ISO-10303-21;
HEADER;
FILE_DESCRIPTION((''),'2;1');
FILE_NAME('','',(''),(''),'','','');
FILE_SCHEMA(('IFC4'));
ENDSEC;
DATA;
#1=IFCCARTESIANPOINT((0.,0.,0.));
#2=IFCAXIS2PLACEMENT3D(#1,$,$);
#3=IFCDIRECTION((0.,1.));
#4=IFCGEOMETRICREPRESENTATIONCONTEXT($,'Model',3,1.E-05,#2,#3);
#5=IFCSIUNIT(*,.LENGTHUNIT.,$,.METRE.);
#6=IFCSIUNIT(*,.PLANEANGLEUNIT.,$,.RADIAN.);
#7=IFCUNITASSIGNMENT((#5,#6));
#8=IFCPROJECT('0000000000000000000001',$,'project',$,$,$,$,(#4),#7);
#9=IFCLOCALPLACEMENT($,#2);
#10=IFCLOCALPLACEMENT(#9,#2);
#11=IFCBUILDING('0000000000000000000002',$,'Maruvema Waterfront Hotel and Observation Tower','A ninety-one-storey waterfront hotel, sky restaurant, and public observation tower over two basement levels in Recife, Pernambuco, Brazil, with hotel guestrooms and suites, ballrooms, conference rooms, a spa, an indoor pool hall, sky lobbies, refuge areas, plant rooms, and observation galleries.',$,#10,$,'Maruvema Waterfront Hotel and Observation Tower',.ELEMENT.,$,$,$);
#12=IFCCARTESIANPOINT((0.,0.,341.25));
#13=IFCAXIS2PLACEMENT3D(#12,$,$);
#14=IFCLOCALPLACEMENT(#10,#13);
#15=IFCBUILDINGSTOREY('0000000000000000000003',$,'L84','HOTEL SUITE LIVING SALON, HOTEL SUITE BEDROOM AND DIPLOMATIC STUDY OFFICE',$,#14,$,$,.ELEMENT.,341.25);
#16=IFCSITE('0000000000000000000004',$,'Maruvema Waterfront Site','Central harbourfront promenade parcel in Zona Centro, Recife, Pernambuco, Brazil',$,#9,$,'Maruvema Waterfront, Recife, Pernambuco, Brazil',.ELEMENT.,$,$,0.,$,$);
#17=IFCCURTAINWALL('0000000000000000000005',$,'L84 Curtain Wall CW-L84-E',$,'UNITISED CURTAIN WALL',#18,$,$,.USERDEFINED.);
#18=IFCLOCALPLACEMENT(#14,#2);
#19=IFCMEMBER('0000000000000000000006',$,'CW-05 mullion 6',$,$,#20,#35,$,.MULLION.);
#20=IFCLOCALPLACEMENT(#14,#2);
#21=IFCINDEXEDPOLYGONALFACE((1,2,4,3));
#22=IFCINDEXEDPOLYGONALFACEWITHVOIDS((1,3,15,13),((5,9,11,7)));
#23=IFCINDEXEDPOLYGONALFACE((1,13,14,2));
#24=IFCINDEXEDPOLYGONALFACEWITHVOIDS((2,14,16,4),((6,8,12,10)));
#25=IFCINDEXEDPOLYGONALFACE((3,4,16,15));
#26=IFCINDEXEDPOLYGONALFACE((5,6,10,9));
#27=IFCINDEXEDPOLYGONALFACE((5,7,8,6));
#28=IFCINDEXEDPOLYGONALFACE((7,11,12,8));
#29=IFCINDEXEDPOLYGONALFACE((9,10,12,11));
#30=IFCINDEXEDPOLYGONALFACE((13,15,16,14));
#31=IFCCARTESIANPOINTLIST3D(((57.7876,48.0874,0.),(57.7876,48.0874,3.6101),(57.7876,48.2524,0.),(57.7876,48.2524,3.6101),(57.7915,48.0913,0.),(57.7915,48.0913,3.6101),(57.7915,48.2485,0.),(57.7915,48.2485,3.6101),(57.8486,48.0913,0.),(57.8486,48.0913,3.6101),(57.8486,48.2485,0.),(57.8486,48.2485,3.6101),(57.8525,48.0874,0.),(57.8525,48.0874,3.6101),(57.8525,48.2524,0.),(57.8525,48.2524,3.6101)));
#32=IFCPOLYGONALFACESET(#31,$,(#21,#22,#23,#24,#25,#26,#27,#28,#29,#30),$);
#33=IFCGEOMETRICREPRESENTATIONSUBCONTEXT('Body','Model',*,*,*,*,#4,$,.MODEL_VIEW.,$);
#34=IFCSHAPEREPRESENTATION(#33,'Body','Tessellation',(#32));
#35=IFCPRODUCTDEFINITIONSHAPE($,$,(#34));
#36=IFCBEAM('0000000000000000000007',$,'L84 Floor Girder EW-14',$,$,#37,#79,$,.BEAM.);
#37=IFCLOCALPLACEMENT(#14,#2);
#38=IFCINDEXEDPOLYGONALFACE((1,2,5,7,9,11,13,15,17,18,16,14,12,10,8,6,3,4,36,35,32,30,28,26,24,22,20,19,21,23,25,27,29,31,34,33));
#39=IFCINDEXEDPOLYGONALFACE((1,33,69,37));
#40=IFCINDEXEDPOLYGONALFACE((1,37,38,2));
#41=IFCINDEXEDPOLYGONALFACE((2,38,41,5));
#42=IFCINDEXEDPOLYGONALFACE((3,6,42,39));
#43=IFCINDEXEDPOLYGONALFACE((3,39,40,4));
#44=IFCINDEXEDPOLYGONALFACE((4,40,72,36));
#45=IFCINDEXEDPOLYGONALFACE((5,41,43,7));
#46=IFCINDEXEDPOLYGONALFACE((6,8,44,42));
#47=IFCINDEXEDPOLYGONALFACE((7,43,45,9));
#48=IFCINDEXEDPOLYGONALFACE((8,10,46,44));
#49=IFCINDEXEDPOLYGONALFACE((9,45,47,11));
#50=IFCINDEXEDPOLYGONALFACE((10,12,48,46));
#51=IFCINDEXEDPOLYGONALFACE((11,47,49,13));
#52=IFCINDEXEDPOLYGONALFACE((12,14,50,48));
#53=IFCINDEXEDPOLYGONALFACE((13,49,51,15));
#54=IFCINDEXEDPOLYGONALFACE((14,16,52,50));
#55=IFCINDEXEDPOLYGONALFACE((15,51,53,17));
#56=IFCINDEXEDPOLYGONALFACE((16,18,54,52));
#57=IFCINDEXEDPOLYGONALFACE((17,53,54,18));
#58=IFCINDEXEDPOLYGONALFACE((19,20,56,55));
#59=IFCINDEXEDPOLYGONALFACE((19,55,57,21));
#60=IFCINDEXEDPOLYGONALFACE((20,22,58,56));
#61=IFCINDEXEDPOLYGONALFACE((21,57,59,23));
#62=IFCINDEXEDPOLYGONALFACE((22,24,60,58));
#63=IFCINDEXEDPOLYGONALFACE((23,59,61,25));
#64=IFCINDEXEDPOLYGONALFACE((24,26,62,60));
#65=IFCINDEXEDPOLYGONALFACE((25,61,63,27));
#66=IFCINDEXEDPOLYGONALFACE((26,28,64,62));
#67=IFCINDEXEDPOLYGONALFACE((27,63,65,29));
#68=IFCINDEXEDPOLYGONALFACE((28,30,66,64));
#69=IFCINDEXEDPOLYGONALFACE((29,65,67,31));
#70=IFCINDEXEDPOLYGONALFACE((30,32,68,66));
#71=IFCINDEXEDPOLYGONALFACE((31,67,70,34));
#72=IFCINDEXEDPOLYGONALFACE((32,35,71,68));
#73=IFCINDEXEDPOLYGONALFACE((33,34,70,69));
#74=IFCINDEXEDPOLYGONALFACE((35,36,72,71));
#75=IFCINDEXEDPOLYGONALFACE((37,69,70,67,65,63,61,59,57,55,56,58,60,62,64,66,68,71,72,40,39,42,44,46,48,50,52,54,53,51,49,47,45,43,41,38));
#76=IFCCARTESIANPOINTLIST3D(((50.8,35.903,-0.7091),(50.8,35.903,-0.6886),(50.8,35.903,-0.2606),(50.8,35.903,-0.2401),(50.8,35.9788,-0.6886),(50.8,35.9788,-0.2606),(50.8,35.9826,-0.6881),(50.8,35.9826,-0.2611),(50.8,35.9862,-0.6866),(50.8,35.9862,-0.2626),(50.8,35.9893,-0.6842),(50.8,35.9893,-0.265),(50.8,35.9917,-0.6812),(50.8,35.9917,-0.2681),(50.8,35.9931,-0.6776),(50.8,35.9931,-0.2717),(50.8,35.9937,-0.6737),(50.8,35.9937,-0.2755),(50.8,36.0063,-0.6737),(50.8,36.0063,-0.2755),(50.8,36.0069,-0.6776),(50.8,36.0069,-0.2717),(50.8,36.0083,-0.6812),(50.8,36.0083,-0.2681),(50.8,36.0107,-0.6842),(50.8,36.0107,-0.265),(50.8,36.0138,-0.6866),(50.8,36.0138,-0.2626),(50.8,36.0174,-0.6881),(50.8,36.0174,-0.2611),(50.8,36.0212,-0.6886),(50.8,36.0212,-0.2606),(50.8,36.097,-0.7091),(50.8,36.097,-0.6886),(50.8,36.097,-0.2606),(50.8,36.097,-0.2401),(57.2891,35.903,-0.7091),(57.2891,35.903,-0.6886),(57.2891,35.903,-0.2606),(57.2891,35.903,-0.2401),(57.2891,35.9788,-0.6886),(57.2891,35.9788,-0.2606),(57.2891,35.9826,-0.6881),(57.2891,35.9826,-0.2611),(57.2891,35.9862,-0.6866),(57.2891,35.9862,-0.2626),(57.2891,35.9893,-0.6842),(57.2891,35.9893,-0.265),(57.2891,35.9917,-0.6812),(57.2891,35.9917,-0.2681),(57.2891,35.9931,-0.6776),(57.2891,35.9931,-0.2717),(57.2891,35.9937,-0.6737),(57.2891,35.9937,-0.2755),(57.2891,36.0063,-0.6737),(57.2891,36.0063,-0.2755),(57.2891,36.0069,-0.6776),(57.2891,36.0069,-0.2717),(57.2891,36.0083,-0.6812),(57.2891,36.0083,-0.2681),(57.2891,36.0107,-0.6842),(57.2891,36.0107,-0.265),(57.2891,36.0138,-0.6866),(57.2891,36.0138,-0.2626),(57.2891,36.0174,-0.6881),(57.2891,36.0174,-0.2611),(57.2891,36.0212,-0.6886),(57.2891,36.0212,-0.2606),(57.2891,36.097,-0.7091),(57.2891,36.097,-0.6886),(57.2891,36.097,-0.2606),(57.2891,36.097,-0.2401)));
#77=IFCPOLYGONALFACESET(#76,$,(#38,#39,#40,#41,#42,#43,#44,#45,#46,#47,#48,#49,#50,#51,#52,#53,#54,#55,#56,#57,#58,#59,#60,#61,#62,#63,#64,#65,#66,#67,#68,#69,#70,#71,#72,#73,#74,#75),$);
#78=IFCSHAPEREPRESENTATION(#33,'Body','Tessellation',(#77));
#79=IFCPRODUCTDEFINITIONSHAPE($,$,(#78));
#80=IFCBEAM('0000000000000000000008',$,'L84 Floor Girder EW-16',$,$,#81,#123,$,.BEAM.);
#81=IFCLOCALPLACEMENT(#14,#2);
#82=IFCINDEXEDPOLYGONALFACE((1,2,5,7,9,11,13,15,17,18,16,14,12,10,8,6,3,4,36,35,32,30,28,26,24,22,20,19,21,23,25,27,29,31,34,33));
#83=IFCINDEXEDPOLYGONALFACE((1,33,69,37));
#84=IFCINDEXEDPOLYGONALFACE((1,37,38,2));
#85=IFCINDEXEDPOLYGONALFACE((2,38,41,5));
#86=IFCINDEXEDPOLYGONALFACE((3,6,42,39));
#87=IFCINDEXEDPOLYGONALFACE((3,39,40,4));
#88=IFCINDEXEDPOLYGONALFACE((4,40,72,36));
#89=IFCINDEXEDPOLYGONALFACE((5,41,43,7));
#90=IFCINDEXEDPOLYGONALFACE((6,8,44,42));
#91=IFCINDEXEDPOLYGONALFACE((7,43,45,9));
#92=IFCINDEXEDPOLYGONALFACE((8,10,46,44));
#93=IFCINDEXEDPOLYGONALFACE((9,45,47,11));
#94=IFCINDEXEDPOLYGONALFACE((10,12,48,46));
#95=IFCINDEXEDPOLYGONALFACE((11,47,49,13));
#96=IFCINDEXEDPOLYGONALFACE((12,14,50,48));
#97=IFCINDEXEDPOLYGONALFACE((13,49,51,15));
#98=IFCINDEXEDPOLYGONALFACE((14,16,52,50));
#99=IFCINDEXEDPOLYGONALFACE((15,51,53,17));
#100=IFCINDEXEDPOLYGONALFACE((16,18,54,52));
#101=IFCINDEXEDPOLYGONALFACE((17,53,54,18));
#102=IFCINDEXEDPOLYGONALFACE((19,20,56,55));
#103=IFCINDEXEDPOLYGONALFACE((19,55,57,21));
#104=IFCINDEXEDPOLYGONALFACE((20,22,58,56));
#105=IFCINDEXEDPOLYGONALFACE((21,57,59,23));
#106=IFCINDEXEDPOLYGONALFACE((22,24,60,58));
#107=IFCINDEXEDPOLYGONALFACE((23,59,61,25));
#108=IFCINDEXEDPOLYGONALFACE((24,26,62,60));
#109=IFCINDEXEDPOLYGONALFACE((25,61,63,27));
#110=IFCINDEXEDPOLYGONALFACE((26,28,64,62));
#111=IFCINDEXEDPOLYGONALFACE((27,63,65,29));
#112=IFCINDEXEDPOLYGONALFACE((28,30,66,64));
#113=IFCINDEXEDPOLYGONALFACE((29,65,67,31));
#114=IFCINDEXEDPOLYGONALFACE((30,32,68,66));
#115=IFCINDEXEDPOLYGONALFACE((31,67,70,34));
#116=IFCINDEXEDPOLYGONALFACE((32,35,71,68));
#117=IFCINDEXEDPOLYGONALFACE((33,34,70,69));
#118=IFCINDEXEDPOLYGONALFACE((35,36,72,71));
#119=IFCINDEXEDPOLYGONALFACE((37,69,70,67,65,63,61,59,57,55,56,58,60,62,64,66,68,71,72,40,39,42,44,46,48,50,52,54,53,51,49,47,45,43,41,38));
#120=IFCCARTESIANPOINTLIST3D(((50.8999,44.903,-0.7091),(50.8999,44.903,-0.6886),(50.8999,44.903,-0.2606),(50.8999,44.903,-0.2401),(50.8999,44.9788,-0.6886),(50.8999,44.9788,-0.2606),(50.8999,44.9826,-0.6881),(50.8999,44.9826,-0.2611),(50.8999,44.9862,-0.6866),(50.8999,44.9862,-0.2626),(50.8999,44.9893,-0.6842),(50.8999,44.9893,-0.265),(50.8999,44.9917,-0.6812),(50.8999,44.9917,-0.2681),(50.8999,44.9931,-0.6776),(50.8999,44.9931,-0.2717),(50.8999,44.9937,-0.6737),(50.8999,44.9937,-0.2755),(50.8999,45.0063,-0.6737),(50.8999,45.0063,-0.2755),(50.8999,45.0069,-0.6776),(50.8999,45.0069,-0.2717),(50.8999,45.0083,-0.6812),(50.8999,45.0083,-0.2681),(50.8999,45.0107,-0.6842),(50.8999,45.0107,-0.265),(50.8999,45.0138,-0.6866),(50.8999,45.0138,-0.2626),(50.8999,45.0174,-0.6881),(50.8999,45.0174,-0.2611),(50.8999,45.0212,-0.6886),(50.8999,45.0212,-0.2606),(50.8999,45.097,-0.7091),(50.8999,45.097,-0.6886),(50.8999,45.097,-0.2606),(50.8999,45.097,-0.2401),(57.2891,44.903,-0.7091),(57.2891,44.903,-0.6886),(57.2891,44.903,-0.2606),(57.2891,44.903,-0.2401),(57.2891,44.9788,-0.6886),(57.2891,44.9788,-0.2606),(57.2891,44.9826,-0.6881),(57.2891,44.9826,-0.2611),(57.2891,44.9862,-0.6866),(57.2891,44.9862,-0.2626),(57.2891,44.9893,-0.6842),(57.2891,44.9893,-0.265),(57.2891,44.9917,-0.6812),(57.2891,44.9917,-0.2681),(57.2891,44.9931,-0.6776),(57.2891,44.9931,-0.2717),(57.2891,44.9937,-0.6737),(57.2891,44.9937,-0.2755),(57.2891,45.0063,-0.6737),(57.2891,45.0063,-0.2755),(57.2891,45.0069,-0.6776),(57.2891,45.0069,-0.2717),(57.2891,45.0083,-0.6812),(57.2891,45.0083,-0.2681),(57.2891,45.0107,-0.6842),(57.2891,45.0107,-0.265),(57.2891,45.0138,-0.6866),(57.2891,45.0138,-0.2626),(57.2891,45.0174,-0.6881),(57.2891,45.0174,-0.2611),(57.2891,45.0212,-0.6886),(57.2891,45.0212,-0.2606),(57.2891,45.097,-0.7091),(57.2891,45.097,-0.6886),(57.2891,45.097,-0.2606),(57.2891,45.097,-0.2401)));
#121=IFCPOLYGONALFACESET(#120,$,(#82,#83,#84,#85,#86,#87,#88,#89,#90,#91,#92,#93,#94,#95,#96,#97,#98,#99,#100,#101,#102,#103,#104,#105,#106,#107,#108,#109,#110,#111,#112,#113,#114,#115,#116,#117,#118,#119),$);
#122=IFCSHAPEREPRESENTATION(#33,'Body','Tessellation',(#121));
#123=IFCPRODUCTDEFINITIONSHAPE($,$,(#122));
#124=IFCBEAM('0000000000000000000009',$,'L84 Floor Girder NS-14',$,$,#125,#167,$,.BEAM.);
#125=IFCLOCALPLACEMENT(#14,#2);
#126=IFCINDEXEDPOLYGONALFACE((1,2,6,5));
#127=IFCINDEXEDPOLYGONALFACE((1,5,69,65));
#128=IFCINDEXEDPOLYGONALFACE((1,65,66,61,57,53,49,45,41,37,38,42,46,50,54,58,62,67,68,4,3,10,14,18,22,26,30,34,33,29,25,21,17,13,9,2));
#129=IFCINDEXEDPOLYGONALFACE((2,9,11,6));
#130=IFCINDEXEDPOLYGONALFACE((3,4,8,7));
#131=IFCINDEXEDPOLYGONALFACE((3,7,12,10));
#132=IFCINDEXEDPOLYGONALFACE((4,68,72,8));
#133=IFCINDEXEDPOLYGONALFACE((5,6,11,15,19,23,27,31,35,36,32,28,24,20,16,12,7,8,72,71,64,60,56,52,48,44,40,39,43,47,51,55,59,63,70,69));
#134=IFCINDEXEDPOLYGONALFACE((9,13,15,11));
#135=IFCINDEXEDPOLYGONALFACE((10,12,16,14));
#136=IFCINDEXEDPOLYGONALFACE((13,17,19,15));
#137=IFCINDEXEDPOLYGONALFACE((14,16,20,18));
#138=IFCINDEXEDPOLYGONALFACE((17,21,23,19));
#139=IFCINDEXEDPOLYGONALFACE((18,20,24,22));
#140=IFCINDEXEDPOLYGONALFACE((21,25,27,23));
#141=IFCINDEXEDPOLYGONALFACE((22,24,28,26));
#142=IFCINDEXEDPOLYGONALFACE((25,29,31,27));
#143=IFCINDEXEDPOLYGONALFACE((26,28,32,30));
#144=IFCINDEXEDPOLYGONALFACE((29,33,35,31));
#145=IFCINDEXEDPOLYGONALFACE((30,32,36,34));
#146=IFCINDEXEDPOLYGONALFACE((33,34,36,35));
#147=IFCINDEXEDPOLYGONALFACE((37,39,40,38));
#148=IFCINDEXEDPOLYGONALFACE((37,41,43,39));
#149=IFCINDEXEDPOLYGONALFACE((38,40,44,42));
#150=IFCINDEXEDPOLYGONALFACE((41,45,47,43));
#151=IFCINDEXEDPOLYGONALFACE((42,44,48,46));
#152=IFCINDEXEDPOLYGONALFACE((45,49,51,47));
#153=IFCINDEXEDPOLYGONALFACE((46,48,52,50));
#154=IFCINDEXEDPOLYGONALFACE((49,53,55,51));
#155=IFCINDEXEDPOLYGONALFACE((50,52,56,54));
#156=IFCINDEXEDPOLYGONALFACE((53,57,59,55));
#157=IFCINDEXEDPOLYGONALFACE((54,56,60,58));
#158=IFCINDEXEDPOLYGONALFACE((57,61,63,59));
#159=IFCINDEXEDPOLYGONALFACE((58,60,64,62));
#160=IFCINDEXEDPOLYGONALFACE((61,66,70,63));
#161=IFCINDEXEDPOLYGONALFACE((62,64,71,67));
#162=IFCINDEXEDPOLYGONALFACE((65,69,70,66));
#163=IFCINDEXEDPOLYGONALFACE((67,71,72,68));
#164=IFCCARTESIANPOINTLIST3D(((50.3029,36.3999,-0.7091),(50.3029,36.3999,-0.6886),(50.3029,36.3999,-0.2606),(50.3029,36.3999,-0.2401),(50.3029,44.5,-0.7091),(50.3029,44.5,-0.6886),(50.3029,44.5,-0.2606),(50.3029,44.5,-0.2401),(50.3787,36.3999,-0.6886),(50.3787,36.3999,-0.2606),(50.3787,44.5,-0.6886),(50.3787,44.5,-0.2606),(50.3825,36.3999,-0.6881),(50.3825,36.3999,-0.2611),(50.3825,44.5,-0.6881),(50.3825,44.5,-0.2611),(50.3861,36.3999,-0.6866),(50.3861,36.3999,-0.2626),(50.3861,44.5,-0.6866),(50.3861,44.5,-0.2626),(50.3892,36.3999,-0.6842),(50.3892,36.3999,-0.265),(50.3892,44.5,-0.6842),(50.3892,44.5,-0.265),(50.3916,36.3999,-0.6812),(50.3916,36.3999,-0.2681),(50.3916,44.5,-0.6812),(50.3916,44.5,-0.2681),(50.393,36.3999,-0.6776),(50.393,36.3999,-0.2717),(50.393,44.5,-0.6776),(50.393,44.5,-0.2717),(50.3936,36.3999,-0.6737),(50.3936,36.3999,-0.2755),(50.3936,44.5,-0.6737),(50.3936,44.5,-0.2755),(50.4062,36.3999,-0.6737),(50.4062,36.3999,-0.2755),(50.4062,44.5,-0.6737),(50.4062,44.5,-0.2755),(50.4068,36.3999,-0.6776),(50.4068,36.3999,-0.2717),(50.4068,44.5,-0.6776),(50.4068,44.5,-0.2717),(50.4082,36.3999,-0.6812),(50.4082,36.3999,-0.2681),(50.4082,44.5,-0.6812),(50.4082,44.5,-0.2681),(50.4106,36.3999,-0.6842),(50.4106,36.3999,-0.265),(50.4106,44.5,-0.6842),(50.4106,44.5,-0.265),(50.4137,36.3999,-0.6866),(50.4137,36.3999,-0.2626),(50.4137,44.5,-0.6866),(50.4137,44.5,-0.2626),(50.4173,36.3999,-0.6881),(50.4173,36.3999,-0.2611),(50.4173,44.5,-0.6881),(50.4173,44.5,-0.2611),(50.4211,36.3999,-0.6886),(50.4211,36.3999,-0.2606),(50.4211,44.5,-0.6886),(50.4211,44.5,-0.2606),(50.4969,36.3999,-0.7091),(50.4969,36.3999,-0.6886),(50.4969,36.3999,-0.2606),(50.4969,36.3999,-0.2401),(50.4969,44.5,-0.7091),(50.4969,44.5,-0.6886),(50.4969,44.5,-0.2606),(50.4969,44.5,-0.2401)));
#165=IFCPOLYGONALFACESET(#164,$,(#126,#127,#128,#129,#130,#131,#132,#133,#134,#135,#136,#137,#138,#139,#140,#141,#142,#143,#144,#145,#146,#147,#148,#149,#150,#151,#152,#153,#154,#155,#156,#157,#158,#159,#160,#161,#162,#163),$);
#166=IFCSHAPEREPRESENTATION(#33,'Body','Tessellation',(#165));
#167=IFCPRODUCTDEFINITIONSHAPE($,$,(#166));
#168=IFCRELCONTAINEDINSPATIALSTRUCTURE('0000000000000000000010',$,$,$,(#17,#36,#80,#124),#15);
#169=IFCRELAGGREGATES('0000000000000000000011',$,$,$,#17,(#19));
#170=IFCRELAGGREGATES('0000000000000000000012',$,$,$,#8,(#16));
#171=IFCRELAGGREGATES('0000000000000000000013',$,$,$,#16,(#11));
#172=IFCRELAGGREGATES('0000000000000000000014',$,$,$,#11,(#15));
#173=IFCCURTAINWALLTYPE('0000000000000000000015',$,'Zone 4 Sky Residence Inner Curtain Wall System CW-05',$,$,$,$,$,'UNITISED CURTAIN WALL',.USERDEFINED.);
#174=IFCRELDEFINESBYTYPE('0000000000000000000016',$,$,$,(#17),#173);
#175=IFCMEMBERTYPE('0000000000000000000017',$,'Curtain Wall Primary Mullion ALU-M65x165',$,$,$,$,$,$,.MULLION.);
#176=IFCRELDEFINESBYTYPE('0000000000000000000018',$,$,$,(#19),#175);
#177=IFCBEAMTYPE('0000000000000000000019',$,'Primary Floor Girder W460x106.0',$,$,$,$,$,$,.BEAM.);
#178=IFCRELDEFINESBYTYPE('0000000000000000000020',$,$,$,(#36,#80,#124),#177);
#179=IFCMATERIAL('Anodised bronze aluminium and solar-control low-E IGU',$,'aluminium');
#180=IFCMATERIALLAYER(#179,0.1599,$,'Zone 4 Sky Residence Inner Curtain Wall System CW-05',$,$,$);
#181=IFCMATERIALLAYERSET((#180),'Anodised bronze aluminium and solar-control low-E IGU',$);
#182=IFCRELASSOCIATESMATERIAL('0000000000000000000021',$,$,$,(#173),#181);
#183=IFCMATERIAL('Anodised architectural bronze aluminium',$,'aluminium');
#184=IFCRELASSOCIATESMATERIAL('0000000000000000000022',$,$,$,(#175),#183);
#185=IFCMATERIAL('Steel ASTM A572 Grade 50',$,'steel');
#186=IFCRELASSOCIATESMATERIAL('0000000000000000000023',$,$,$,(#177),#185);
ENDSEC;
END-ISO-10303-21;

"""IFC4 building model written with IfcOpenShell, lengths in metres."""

from ifc_helpers import new_model, si_unit, direction, frame, origin, origin_2d, place, context, subcontext, project, spatial, hollow_rectangle, i_section, extrude, material, layer, layer_set, material_profile, profile_set, type_object, element, aggregate, save


model = new_model("IFC4")

# Units and contexts
model_context = context("Model", 3, precision=1e-05, world=origin(), true_north=direction((0.0, 1.0)))
body_context = subcontext(model_context, "Body", "Model", "MODEL_VIEW")
ifc_project = project(units=[si_unit("LENGTHUNIT", "METRE"), si_unit("PLANEANGLEUNIT", "RADIAN")], contexts=[model_context])

# Site, building, storey
site_placement = place(None, origin())
site = spatial("IfcSite", under=ifc_project, at=site_placement, Name="Maruvema Waterfront Site", Description="Central harbourfront promenade parcel in Zona Centro, Recife, Pernambuco, Brazil", LongName="Maruvema Waterfront, Recife, Pernambuco, Brazil", CompositionType="ELEMENT", RefElevation=0.0)
building_placement = place(site_placement, origin())
building = spatial("IfcBuilding", under=site, at=building_placement, Name="Maruvema Waterfront Hotel and Observation Tower", Description="A ninety-one-storey waterfront hotel, sky restaurant, and public observation tower over two basement levels in Recife, Pernambuco, Brazil, with hotel guestrooms and suites, ballrooms, conference rooms, a spa, an indoor pool hall, sky lobbies, refuge areas, plant rooms, and observation galleries.", LongName="Maruvema Waterfront Hotel and Observation Tower", CompositionType="ELEMENT")
storey_placement = place(building_placement, frame((0.0, 0.0, 341.25)))
storey = spatial("IfcBuildingStorey", under=building, at=storey_placement, Name="L84", Description="HOTEL SUITE LIVING SALON, HOTEL SUITE BEDROOM AND DIPLOMATIC STUDY OFFICE", CompositionType="ELEMENT", Elevation=341.25)

# Curtain wall, member
ifc_material_1 = material(Name="Anodised bronze aluminium and solar-control low-E IGU", Category="aluminium")
ifc_layer_1 = layer(ifc_material_1, 0.1599, Name="Zone 4 Sky Residence Inner Curtain Wall System CW-05")
ifc_layer_set_1 = layer_set([ifc_layer_1], Name="Anodised bronze aluminium and solar-control low-E IGU")
curtain_wall_type = type_object("IfcCurtainWallType", Name="Zone 4 Sky Residence Inner Curtain Wall System CW-05", ElementType="UNITISED CURTAIN WALL", PredefinedType="USERDEFINED", material=ifc_layer_set_1)
curtain_wall_placement = place(storey_placement, origin())
curtain_wall = element("IfcCurtainWall", 1, at=curtain_wall_placement, inside=storey, type_object=curtain_wall_type, Name="L84 Curtain Wall CW-L84-E", ObjectType="UNITISED CURTAIN WALL", PredefinedType="USERDEFINED")
ifc_material_2 = material(Name="Anodised architectural bronze aluminium", Category="aluminium")
ifc_material_profile_1 = material_profile(ifc_material_2, hollow_rectangle(XDim=0.0649, YDim=0.165, WallThickness=0.0039, at=origin_2d()), Name="ALU-M65x165")
ifc_profile_set_1 = profile_set([ifc_material_profile_1], Name="Anodised architectural bronze aluminium")
member_type_1 = type_object("IfcMemberType", Name="Curtain Wall Primary Mullion ALU-M65x165", PredefinedType="MULLION", material=ifc_profile_set_1)
member_1_placement = place(storey_placement, frame((57.8201, 48.1699, 0.0), z_axis=(0.0, 0.0, 1.0), x_axis=(-1.0, 0.0, 0.0)))
member_1 = element("IfcMember", 2, at=member_1_placement, type_object=member_type_1, Name="CW-05 mullion 6", PredefinedType="MULLION", context=body_context, shape_type="SweptSolid", body=[
    extrude(hollow_rectangle(XDim=0.0649, YDim=0.165, WallThickness=0.0039, at=origin_2d()), origin(), (0.0, 0.0, 1.0), 3.6101),
])

# Beams
ifc_material_3 = material(Name="Steel ASTM A572 Grade 50", Category="steel")
ifc_material_profile_2 = material_profile(ifc_material_3, i_section(OverallWidth=0.1941, OverallDepth=0.469, WebThickness=0.0127, FlangeThickness=0.0205, FilletRadius=0.0149, at=origin_2d()), Name="W460x106.0")
ifc_profile_set_2 = profile_set([ifc_material_profile_2], Name="Steel ASTM A572 Grade 50")
beam_type_1 = type_object("IfcBeamType", Name="Primary Floor Girder W460x106.0", PredefinedType="BEAM", material=ifc_profile_set_2)
beam_1_placement = place(storey_placement, frame((50.8, 36.0, -0.4746), z_axis=(1.0, 0.0, 0.0), x_axis=(0.0, 1.0, 0.0)))
element("IfcBeam", 3, at=beam_1_placement, inside=storey, type_object=beam_type_1, Name="L84 Floor Girder EW-14", PredefinedType="BEAM", context=body_context, shape_type="SweptSolid", body=[
    extrude(i_section(OverallWidth=0.1941, OverallDepth=0.469, WebThickness=0.0127, FlangeThickness=0.0205, FilletRadius=0.0149, at=origin_2d()), origin(), (0.0, 0.0, 1.0), 6.489),
])
beam_2_placement = place(storey_placement, frame((50.8999, 45.0, -0.4746), z_axis=(1.0, 0.0, 0.0), x_axis=(0.0, 1.0, 0.0)))
element("IfcBeam", 4, at=beam_2_placement, inside=storey, type_object=beam_type_1, Name="L84 Floor Girder EW-16", PredefinedType="BEAM", context=body_context, shape_type="SweptSolid", body=[
    extrude(i_section(OverallWidth=0.1941, OverallDepth=0.469, WebThickness=0.0127, FlangeThickness=0.0205, FilletRadius=0.0149, at=origin_2d()), origin(), (0.0, 0.0, 1.0), 6.3892),
])
beam_3_placement = place(storey_placement, frame((50.3999, 36.3999, -0.4746), z_axis=(0.0, 1.0, 0.0), x_axis=(-1.0, 0.0, 0.0)))
element("IfcBeam", 5, at=beam_3_placement, inside=storey, type_object=beam_type_1, Name="L84 Floor Girder NS-14", PredefinedType="BEAM", context=body_context, shape_type="SweptSolid", body=[
    extrude(i_section(OverallWidth=0.1941, OverallDepth=0.469, WebThickness=0.0127, FlangeThickness=0.0205, FilletRadius=0.0149, at=origin_2d()), origin(), (0.0, 0.0, 1.0), 8.1001),
])

aggregate(curtain_wall, [member_1])

save(model, "model.ifc")
